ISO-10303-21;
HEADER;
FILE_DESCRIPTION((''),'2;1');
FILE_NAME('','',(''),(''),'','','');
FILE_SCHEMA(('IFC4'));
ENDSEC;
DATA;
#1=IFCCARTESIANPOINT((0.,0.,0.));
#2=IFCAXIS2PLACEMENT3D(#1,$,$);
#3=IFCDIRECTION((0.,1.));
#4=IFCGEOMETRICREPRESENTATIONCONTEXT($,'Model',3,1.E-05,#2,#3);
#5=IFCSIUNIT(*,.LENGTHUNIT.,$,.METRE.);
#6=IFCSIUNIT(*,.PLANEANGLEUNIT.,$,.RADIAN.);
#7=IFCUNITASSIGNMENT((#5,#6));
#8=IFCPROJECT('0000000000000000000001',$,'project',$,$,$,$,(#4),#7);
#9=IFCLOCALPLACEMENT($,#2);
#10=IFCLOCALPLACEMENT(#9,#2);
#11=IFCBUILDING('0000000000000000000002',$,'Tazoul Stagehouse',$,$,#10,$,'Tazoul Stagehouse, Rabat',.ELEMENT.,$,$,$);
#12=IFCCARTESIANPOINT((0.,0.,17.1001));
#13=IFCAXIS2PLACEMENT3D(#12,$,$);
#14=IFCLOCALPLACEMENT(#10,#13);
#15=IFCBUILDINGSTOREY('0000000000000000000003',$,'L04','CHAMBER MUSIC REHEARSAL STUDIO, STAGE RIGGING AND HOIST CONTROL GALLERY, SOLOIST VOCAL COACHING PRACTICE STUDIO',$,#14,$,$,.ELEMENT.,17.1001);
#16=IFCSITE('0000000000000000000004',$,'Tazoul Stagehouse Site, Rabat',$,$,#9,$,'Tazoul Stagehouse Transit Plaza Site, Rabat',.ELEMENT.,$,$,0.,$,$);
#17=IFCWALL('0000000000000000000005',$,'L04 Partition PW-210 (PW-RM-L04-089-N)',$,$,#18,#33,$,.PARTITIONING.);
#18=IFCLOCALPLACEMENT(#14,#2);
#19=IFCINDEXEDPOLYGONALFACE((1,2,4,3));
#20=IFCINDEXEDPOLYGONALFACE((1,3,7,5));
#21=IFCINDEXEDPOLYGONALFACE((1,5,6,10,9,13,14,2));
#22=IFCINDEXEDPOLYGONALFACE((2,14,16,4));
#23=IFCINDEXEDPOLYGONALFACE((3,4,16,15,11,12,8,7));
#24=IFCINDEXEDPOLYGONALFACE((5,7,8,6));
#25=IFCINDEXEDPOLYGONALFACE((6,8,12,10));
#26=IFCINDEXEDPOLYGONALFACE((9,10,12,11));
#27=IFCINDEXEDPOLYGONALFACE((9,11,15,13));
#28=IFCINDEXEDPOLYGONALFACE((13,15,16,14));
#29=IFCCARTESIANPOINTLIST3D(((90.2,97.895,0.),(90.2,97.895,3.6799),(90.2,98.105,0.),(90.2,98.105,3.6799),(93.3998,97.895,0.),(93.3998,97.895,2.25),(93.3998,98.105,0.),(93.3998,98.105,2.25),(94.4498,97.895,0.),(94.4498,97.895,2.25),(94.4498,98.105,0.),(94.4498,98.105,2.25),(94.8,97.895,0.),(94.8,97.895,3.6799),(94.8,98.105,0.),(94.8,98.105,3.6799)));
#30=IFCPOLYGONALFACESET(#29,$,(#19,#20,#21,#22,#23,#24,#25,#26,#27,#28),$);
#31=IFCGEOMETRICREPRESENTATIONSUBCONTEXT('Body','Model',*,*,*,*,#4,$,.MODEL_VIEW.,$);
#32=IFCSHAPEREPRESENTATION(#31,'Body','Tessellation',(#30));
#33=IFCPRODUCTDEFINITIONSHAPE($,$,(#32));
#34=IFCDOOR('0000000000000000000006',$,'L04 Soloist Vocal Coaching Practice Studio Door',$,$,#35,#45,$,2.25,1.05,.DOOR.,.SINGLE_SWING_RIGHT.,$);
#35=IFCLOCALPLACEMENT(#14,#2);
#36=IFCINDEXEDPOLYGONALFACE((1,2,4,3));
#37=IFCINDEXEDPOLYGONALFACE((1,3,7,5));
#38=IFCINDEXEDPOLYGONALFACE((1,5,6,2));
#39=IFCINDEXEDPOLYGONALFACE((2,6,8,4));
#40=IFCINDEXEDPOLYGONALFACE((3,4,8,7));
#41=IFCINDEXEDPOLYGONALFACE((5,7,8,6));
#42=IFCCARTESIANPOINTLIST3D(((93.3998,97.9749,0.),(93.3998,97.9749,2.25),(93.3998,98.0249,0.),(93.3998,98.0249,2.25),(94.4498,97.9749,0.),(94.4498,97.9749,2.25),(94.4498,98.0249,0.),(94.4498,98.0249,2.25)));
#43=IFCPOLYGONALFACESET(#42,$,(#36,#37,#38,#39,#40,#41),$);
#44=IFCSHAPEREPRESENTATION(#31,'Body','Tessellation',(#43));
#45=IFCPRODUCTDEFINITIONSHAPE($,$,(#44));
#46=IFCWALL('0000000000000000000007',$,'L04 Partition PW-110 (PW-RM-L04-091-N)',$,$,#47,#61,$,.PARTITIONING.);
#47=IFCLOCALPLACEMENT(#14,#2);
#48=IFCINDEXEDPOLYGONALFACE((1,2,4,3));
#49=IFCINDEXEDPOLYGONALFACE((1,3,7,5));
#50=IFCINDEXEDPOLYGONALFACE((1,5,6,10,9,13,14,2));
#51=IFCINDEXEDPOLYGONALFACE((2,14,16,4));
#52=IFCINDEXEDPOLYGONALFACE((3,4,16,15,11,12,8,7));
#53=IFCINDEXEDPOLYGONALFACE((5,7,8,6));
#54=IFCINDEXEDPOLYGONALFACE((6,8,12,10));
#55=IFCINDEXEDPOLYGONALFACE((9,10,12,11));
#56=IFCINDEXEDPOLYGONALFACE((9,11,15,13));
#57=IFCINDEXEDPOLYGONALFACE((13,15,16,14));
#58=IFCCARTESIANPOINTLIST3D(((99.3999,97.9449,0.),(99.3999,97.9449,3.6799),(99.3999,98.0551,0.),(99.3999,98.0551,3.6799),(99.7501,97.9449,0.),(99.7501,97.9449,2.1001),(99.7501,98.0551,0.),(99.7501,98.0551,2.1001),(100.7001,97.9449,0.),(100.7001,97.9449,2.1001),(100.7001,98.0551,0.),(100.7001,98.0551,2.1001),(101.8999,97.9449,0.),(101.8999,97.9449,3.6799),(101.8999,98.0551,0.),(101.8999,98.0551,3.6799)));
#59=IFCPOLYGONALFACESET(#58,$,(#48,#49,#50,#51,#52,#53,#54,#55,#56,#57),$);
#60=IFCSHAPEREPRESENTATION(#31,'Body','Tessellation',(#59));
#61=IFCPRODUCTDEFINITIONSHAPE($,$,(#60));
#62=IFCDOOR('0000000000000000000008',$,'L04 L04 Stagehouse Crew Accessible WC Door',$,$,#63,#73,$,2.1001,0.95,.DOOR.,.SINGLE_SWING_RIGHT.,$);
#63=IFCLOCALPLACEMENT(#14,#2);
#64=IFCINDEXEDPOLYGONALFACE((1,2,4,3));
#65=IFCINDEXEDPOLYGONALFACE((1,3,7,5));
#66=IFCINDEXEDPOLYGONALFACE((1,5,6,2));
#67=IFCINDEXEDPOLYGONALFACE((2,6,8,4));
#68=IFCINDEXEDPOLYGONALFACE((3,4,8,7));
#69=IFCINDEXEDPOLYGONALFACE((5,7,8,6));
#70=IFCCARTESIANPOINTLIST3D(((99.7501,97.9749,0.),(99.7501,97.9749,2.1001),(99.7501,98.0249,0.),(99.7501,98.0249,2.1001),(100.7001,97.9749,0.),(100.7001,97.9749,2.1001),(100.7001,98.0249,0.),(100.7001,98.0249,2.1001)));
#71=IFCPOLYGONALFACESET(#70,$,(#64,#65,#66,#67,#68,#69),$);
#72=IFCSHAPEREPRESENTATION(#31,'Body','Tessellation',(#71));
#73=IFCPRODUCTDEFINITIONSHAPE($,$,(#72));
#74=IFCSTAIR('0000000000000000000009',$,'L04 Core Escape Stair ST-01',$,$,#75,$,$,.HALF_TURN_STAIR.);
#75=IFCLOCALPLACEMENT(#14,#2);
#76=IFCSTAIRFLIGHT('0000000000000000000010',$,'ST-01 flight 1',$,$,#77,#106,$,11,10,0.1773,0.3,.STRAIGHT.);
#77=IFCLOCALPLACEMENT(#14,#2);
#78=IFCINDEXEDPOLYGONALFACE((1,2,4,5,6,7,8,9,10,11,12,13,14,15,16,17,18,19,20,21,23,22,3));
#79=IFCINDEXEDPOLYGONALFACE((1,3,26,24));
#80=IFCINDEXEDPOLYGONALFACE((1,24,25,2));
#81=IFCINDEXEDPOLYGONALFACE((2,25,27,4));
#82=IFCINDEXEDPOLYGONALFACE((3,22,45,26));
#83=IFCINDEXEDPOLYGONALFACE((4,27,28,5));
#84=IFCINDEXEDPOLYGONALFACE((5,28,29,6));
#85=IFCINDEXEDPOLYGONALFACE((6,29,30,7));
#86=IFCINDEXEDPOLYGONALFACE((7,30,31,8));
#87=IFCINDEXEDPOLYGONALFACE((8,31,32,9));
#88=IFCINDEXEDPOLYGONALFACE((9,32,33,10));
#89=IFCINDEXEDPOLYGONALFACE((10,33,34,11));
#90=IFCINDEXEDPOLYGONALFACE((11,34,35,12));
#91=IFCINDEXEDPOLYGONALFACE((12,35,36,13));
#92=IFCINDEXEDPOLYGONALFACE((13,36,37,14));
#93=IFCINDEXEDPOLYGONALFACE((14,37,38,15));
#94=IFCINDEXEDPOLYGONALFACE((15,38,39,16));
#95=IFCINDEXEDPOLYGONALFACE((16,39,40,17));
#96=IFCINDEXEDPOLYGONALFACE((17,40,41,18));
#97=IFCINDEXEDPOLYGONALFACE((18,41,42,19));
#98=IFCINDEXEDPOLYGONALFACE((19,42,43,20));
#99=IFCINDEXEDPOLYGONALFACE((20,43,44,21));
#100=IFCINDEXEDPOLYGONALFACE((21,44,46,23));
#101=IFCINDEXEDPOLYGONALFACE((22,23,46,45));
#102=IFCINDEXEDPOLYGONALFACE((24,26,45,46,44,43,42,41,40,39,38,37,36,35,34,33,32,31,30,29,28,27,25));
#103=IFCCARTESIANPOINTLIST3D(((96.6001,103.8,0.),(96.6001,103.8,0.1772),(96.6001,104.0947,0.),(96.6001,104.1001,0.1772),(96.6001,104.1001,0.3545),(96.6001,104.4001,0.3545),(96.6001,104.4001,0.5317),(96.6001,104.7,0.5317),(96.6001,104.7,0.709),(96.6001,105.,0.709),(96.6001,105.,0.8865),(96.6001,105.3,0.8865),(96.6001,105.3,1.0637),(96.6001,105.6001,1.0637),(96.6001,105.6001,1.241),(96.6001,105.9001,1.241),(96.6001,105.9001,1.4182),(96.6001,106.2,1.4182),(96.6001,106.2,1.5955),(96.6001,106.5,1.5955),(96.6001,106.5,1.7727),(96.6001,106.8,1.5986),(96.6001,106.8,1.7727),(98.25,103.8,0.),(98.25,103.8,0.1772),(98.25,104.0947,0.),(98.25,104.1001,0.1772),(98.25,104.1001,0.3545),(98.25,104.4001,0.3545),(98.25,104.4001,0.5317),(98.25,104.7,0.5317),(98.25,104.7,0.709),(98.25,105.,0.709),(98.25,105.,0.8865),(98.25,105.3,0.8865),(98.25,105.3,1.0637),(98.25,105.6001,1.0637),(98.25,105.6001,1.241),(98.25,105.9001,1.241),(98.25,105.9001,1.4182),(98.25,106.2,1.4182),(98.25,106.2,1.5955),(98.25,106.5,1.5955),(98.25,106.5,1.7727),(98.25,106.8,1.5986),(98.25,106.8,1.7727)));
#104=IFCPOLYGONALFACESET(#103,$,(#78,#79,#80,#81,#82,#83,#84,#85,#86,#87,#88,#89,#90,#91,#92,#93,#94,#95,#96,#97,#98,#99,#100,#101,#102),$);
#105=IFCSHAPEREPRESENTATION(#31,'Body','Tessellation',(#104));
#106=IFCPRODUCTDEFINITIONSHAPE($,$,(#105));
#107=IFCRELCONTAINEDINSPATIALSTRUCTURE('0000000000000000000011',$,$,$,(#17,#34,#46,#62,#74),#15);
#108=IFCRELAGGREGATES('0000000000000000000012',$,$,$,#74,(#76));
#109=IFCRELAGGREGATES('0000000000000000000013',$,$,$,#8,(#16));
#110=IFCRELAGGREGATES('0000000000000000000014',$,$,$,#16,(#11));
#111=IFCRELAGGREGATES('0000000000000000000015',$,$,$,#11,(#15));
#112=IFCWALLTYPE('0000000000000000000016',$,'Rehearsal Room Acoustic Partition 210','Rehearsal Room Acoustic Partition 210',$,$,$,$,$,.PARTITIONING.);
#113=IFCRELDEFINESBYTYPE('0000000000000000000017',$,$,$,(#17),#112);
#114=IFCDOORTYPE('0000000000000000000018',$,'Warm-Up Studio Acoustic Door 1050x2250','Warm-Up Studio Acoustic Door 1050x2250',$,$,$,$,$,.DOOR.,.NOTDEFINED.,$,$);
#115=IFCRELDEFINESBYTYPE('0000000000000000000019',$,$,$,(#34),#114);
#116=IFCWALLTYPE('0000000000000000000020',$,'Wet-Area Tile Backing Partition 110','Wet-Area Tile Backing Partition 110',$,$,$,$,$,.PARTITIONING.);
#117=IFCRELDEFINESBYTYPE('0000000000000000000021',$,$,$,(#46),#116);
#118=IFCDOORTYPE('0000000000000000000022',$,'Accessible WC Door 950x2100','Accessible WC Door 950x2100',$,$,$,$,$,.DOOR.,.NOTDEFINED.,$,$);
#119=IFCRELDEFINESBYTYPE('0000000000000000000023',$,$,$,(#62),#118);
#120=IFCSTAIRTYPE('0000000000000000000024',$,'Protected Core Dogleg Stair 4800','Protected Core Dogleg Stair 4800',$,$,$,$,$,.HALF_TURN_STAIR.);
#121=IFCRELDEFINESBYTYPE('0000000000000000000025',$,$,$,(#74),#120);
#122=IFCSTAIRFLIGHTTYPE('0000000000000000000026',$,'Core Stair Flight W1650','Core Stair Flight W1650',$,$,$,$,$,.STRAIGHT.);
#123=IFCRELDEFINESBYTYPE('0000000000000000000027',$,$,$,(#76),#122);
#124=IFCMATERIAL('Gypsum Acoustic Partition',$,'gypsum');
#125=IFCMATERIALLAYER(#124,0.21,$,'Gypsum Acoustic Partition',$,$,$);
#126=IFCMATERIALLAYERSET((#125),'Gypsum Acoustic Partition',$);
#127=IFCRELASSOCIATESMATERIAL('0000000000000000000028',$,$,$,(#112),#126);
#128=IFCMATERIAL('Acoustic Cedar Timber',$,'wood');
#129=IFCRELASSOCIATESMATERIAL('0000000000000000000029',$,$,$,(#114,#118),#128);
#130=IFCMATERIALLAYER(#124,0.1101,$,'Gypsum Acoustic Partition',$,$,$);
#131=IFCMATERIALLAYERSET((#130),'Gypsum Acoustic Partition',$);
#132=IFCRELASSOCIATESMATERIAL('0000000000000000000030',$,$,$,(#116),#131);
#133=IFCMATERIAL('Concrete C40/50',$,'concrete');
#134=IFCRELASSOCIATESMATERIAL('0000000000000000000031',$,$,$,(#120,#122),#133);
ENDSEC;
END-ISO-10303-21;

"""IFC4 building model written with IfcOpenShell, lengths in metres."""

from ifc_helpers import new_model, si_unit, direction, frame, frame_2d, origin, place, context, subcontext, project, spatial, polyline, rectangle, outline, extrude, material, layer, layer_set, type_object, element, fill, aggregate, save


model = new_model("IFC4")

# Units and contexts
model_context = context("Model", 3, precision=1e-05, world=origin(), true_north=direction((0.0, 1.0)))
body_context = subcontext(model_context, "Body", "Model", "MODEL_VIEW")
ifc_project = project(units=[si_unit("LENGTHUNIT", "METRE"), si_unit("PLANEANGLEUNIT", "RADIAN")], contexts=[model_context])

# Site, building, storey
site_placement = place(None, origin())
site = spatial("IfcSite", under=ifc_project, at=site_placement, Name="Tazoul Stagehouse Site, Rabat", LongName="Tazoul Stagehouse Transit Plaza Site, Rabat", CompositionType="ELEMENT", RefElevation=0.0)
building_placement = place(site_placement, origin())
building = spatial("IfcBuilding", under=site, at=building_placement, Name="Tazoul Stagehouse", LongName="Tazoul Stagehouse, Rabat", CompositionType="ELEMENT")
storey_placement = place(building_placement, frame((0.0, 0.0, 17.1001)))
storey = spatial("IfcBuildingStorey", under=building, at=storey_placement, Name="L04", Description="CHAMBER MUSIC REHEARSAL STUDIO, STAGE RIGGING AND HOIST CONTROL GALLERY, SOLOIST VOCAL COACHING PRACTICE STUDIO", CompositionType="ELEMENT", Elevation=17.1001)

# Shared definitions
ifc_material_1 = material(Name="Concrete C40/50", Category="concrete")

# Walls, openings, doors
ifc_material_2 = material(Name="Gypsum Acoustic Partition", Category="gypsum")
ifc_material_3 = material(Name="Acoustic Cedar Timber", Category="wood")
ifc_layer_1 = layer(ifc_material_2, 0.21, Name="Gypsum Acoustic Partition")
ifc_layer_set_1 = layer_set([ifc_layer_1], Name="Gypsum Acoustic Partition")
wall_type_1 = type_object("IfcWallType", Name="Rehearsal Room Acoustic Partition 210", Description="Rehearsal Room Acoustic Partition 210", PredefinedType="PARTITIONING", material=ifc_layer_set_1)
wall_1_placement = place(storey_placement, frame((90.2, 98.0, 0.0), z_axis=(0.0, 0.0, 1.0), x_axis=(1.0, 0.0, 0.0)))
wall_1 = element("IfcWall", 1, at=wall_1_placement, inside=storey, type_object=wall_type_1, Name="L04 Partition PW-210 (PW-RM-L04-089-N)", PredefinedType="PARTITIONING", context=body_context, shape_type="SweptSolid", body=[
    extrude(rectangle(XDim=4.6001, YDim=0.21, at=frame_2d((2.3, 0.0))), origin(), (0.0, 0.0, 1.0), 3.6799),
])
opening_1_placement = place(wall_1_placement, frame((3.2, 0.0, 0.0)))
opening_1 = element("IfcOpeningElement", 2, at=opening_1_placement, cuts=wall_1, PredefinedType="OPENING", context=body_context, shape_type="SweptSolid", body=[
    extrude(rectangle(XDim=1.05, YDim=2.25, at=frame_2d((0.5249, 1.125))), frame((0.0, 0.125, 0.0), z_axis=(0.0, -1.0, 0.0), x_axis=(1.0, 0.0, 0.0)), (0.0, 0.0, 1.0), 0.25),
])
door_type_1 = type_object("IfcDoorType", Name="Warm-Up Studio Acoustic Door 1050x2250", Description="Warm-Up Studio Acoustic Door 1050x2250", OperationType="NOTDEFINED", PredefinedType="DOOR", material=ifc_material_3)
door_1_placement = place(opening_1_placement, origin())
door_1 = element("IfcDoor", 3, at=door_1_placement, inside=storey, type_object=door_type_1, Name="L04 Soloist Vocal Coaching Practice Studio Door", OperationType="SINGLE_SWING_RIGHT", OverallHeight=2.25, OverallWidth=1.05, PredefinedType="DOOR", context=body_context, shape_type="SweptSolid", body=[
    extrude(rectangle(XDim=1.05, YDim=2.25, at=frame_2d((0.5249, 1.125))), frame((0.0, 0.0249, 0.0), z_axis=(0.0, -1.0, 0.0), x_axis=(1.0, 0.0, 0.0)), (0.0, 0.0, 1.0), 0.05),
])
fill(opening_1, door_1)
ifc_layer_2 = layer(ifc_material_2, 0.1101, Name="Gypsum Acoustic Partition")
ifc_layer_set_2 = layer_set([ifc_layer_2], Name="Gypsum Acoustic Partition")
wall_type_2 = type_object("IfcWallType", Name="Wet-Area Tile Backing Partition 110", Description="Wet-Area Tile Backing Partition 110", PredefinedType="PARTITIONING", material=ifc_layer_set_2)
wall_2_placement = place(storey_placement, frame((99.3999, 98.0, 0.0), z_axis=(0.0, 0.0, 1.0), x_axis=(1.0, 0.0, 0.0)))
wall_2 = element("IfcWall", 4, at=wall_2_placement, inside=storey, type_object=wall_type_2, Name="L04 Partition PW-110 (PW-RM-L04-091-N)", PredefinedType="PARTITIONING", context=body_context, shape_type="SweptSolid", body=[
    extrude(rectangle(XDim=2.5, YDim=0.1101, at=frame_2d((1.25, 0.0))), origin(), (0.0, 0.0, 1.0), 3.6799),
])
opening_2_placement = place(wall_2_placement, frame((0.3501, 0.0, 0.0)))
opening_2 = element("IfcOpeningElement", 5, at=opening_2_placement, cuts=wall_2, PredefinedType="OPENING", context=body_context, shape_type="SweptSolid", body=[
    extrude(rectangle(XDim=0.95, YDim=2.1001, at=frame_2d((0.4751, 1.05))), frame((0.0, 0.075, 0.0), z_axis=(0.0, -1.0, 0.0), x_axis=(1.0, 0.0, 0.0)), (0.0, 0.0, 1.0), 0.1501),
])
door_type_2 = type_object("IfcDoorType", Name="Accessible WC Door 950x2100", Description="Accessible WC Door 950x2100", OperationType="NOTDEFINED", PredefinedType="DOOR", material=ifc_material_3)
door_2_placement = place(opening_2_placement, origin())
door_2 = element("IfcDoor", 6, at=door_2_placement, inside=storey, type_object=door_type_2, Name="L04 L04 Stagehouse Crew Accessible WC Door", OperationType="SINGLE_SWING_RIGHT", OverallHeight=2.1001, OverallWidth=0.95, PredefinedType="DOOR", context=body_context, shape_type="SweptSolid", body=[
    extrude(rectangle(XDim=0.95, YDim=2.1001, at=frame_2d((0.4751, 1.05))), frame((0.0, 0.0249, 0.0), z_axis=(0.0, -1.0, 0.0), x_axis=(1.0, 0.0, 0.0)), (0.0, 0.0, 1.0), 0.05),
])
fill(opening_2, door_2)

# Stair, stair flight
stair_type = type_object("IfcStairType", Name="Protected Core Dogleg Stair 4800", Description="Protected Core Dogleg Stair 4800", PredefinedType="HALF_TURN_STAIR", material=ifc_material_1)
stair_placement = place(storey_placement, origin())
stair = element("IfcStair", 7, at=stair_placement, inside=storey, type_object=stair_type, Name="L04 Core Escape Stair ST-01", PredefinedType="HALF_TURN_STAIR")
stair_flight_type = type_object("IfcStairFlightType", Name="Core Stair Flight W1650", Description="Core Stair Flight W1650", PredefinedType="STRAIGHT", material=ifc_material_1)
stair_flight_placement = place(storey_placement, frame((97.425, 103.8, 0.0), z_axis=(0.0, 0.0, 1.0), x_axis=(0.0, 1.0, 0.0)))
stair_flight = element("IfcStairFlight", 8, at=stair_flight_placement, type_object=stair_flight_type, Name="ST-01 flight 1", NumberOfRisers=11, NumberOfTreads=10, PredefinedType="STRAIGHT", RiserHeight=0.1773, TreadLength=0.3, context=body_context, shape_type="SweptSolid", body=[
    extrude(outline(polyline([(0.0, 0.0), (0.0, 0.1772), (0.3, 0.1772), (0.3, 0.3545), (0.6001, 0.3545), (0.6001, 0.5317), (0.8999, 0.5317), (0.8999, 0.709), (1.2, 0.709), (1.2, 0.8865), (1.5, 0.8865), (1.5, 1.0637), (1.8, 1.0637), (1.8, 1.241), (2.1001, 1.241), (2.1001, 1.4182), (2.3999, 1.4182), (2.3999, 1.5955), (2.7, 1.5955), (2.7, 1.7727), (3.0, 1.7727), (3.0, 1.95), (3.0, 1.5986), (0.2947, 0.0), (0.0, 0.0)])), frame((0.0, 0.825, 0.0), z_axis=(0.0, -1.0, 0.0), x_axis=(1.0, 0.0, 0.0)), (0.0, 0.0, 1.0), 1.6499),
])
aggregate(stair, [stair_flight])

save(model, "model.ifc")
